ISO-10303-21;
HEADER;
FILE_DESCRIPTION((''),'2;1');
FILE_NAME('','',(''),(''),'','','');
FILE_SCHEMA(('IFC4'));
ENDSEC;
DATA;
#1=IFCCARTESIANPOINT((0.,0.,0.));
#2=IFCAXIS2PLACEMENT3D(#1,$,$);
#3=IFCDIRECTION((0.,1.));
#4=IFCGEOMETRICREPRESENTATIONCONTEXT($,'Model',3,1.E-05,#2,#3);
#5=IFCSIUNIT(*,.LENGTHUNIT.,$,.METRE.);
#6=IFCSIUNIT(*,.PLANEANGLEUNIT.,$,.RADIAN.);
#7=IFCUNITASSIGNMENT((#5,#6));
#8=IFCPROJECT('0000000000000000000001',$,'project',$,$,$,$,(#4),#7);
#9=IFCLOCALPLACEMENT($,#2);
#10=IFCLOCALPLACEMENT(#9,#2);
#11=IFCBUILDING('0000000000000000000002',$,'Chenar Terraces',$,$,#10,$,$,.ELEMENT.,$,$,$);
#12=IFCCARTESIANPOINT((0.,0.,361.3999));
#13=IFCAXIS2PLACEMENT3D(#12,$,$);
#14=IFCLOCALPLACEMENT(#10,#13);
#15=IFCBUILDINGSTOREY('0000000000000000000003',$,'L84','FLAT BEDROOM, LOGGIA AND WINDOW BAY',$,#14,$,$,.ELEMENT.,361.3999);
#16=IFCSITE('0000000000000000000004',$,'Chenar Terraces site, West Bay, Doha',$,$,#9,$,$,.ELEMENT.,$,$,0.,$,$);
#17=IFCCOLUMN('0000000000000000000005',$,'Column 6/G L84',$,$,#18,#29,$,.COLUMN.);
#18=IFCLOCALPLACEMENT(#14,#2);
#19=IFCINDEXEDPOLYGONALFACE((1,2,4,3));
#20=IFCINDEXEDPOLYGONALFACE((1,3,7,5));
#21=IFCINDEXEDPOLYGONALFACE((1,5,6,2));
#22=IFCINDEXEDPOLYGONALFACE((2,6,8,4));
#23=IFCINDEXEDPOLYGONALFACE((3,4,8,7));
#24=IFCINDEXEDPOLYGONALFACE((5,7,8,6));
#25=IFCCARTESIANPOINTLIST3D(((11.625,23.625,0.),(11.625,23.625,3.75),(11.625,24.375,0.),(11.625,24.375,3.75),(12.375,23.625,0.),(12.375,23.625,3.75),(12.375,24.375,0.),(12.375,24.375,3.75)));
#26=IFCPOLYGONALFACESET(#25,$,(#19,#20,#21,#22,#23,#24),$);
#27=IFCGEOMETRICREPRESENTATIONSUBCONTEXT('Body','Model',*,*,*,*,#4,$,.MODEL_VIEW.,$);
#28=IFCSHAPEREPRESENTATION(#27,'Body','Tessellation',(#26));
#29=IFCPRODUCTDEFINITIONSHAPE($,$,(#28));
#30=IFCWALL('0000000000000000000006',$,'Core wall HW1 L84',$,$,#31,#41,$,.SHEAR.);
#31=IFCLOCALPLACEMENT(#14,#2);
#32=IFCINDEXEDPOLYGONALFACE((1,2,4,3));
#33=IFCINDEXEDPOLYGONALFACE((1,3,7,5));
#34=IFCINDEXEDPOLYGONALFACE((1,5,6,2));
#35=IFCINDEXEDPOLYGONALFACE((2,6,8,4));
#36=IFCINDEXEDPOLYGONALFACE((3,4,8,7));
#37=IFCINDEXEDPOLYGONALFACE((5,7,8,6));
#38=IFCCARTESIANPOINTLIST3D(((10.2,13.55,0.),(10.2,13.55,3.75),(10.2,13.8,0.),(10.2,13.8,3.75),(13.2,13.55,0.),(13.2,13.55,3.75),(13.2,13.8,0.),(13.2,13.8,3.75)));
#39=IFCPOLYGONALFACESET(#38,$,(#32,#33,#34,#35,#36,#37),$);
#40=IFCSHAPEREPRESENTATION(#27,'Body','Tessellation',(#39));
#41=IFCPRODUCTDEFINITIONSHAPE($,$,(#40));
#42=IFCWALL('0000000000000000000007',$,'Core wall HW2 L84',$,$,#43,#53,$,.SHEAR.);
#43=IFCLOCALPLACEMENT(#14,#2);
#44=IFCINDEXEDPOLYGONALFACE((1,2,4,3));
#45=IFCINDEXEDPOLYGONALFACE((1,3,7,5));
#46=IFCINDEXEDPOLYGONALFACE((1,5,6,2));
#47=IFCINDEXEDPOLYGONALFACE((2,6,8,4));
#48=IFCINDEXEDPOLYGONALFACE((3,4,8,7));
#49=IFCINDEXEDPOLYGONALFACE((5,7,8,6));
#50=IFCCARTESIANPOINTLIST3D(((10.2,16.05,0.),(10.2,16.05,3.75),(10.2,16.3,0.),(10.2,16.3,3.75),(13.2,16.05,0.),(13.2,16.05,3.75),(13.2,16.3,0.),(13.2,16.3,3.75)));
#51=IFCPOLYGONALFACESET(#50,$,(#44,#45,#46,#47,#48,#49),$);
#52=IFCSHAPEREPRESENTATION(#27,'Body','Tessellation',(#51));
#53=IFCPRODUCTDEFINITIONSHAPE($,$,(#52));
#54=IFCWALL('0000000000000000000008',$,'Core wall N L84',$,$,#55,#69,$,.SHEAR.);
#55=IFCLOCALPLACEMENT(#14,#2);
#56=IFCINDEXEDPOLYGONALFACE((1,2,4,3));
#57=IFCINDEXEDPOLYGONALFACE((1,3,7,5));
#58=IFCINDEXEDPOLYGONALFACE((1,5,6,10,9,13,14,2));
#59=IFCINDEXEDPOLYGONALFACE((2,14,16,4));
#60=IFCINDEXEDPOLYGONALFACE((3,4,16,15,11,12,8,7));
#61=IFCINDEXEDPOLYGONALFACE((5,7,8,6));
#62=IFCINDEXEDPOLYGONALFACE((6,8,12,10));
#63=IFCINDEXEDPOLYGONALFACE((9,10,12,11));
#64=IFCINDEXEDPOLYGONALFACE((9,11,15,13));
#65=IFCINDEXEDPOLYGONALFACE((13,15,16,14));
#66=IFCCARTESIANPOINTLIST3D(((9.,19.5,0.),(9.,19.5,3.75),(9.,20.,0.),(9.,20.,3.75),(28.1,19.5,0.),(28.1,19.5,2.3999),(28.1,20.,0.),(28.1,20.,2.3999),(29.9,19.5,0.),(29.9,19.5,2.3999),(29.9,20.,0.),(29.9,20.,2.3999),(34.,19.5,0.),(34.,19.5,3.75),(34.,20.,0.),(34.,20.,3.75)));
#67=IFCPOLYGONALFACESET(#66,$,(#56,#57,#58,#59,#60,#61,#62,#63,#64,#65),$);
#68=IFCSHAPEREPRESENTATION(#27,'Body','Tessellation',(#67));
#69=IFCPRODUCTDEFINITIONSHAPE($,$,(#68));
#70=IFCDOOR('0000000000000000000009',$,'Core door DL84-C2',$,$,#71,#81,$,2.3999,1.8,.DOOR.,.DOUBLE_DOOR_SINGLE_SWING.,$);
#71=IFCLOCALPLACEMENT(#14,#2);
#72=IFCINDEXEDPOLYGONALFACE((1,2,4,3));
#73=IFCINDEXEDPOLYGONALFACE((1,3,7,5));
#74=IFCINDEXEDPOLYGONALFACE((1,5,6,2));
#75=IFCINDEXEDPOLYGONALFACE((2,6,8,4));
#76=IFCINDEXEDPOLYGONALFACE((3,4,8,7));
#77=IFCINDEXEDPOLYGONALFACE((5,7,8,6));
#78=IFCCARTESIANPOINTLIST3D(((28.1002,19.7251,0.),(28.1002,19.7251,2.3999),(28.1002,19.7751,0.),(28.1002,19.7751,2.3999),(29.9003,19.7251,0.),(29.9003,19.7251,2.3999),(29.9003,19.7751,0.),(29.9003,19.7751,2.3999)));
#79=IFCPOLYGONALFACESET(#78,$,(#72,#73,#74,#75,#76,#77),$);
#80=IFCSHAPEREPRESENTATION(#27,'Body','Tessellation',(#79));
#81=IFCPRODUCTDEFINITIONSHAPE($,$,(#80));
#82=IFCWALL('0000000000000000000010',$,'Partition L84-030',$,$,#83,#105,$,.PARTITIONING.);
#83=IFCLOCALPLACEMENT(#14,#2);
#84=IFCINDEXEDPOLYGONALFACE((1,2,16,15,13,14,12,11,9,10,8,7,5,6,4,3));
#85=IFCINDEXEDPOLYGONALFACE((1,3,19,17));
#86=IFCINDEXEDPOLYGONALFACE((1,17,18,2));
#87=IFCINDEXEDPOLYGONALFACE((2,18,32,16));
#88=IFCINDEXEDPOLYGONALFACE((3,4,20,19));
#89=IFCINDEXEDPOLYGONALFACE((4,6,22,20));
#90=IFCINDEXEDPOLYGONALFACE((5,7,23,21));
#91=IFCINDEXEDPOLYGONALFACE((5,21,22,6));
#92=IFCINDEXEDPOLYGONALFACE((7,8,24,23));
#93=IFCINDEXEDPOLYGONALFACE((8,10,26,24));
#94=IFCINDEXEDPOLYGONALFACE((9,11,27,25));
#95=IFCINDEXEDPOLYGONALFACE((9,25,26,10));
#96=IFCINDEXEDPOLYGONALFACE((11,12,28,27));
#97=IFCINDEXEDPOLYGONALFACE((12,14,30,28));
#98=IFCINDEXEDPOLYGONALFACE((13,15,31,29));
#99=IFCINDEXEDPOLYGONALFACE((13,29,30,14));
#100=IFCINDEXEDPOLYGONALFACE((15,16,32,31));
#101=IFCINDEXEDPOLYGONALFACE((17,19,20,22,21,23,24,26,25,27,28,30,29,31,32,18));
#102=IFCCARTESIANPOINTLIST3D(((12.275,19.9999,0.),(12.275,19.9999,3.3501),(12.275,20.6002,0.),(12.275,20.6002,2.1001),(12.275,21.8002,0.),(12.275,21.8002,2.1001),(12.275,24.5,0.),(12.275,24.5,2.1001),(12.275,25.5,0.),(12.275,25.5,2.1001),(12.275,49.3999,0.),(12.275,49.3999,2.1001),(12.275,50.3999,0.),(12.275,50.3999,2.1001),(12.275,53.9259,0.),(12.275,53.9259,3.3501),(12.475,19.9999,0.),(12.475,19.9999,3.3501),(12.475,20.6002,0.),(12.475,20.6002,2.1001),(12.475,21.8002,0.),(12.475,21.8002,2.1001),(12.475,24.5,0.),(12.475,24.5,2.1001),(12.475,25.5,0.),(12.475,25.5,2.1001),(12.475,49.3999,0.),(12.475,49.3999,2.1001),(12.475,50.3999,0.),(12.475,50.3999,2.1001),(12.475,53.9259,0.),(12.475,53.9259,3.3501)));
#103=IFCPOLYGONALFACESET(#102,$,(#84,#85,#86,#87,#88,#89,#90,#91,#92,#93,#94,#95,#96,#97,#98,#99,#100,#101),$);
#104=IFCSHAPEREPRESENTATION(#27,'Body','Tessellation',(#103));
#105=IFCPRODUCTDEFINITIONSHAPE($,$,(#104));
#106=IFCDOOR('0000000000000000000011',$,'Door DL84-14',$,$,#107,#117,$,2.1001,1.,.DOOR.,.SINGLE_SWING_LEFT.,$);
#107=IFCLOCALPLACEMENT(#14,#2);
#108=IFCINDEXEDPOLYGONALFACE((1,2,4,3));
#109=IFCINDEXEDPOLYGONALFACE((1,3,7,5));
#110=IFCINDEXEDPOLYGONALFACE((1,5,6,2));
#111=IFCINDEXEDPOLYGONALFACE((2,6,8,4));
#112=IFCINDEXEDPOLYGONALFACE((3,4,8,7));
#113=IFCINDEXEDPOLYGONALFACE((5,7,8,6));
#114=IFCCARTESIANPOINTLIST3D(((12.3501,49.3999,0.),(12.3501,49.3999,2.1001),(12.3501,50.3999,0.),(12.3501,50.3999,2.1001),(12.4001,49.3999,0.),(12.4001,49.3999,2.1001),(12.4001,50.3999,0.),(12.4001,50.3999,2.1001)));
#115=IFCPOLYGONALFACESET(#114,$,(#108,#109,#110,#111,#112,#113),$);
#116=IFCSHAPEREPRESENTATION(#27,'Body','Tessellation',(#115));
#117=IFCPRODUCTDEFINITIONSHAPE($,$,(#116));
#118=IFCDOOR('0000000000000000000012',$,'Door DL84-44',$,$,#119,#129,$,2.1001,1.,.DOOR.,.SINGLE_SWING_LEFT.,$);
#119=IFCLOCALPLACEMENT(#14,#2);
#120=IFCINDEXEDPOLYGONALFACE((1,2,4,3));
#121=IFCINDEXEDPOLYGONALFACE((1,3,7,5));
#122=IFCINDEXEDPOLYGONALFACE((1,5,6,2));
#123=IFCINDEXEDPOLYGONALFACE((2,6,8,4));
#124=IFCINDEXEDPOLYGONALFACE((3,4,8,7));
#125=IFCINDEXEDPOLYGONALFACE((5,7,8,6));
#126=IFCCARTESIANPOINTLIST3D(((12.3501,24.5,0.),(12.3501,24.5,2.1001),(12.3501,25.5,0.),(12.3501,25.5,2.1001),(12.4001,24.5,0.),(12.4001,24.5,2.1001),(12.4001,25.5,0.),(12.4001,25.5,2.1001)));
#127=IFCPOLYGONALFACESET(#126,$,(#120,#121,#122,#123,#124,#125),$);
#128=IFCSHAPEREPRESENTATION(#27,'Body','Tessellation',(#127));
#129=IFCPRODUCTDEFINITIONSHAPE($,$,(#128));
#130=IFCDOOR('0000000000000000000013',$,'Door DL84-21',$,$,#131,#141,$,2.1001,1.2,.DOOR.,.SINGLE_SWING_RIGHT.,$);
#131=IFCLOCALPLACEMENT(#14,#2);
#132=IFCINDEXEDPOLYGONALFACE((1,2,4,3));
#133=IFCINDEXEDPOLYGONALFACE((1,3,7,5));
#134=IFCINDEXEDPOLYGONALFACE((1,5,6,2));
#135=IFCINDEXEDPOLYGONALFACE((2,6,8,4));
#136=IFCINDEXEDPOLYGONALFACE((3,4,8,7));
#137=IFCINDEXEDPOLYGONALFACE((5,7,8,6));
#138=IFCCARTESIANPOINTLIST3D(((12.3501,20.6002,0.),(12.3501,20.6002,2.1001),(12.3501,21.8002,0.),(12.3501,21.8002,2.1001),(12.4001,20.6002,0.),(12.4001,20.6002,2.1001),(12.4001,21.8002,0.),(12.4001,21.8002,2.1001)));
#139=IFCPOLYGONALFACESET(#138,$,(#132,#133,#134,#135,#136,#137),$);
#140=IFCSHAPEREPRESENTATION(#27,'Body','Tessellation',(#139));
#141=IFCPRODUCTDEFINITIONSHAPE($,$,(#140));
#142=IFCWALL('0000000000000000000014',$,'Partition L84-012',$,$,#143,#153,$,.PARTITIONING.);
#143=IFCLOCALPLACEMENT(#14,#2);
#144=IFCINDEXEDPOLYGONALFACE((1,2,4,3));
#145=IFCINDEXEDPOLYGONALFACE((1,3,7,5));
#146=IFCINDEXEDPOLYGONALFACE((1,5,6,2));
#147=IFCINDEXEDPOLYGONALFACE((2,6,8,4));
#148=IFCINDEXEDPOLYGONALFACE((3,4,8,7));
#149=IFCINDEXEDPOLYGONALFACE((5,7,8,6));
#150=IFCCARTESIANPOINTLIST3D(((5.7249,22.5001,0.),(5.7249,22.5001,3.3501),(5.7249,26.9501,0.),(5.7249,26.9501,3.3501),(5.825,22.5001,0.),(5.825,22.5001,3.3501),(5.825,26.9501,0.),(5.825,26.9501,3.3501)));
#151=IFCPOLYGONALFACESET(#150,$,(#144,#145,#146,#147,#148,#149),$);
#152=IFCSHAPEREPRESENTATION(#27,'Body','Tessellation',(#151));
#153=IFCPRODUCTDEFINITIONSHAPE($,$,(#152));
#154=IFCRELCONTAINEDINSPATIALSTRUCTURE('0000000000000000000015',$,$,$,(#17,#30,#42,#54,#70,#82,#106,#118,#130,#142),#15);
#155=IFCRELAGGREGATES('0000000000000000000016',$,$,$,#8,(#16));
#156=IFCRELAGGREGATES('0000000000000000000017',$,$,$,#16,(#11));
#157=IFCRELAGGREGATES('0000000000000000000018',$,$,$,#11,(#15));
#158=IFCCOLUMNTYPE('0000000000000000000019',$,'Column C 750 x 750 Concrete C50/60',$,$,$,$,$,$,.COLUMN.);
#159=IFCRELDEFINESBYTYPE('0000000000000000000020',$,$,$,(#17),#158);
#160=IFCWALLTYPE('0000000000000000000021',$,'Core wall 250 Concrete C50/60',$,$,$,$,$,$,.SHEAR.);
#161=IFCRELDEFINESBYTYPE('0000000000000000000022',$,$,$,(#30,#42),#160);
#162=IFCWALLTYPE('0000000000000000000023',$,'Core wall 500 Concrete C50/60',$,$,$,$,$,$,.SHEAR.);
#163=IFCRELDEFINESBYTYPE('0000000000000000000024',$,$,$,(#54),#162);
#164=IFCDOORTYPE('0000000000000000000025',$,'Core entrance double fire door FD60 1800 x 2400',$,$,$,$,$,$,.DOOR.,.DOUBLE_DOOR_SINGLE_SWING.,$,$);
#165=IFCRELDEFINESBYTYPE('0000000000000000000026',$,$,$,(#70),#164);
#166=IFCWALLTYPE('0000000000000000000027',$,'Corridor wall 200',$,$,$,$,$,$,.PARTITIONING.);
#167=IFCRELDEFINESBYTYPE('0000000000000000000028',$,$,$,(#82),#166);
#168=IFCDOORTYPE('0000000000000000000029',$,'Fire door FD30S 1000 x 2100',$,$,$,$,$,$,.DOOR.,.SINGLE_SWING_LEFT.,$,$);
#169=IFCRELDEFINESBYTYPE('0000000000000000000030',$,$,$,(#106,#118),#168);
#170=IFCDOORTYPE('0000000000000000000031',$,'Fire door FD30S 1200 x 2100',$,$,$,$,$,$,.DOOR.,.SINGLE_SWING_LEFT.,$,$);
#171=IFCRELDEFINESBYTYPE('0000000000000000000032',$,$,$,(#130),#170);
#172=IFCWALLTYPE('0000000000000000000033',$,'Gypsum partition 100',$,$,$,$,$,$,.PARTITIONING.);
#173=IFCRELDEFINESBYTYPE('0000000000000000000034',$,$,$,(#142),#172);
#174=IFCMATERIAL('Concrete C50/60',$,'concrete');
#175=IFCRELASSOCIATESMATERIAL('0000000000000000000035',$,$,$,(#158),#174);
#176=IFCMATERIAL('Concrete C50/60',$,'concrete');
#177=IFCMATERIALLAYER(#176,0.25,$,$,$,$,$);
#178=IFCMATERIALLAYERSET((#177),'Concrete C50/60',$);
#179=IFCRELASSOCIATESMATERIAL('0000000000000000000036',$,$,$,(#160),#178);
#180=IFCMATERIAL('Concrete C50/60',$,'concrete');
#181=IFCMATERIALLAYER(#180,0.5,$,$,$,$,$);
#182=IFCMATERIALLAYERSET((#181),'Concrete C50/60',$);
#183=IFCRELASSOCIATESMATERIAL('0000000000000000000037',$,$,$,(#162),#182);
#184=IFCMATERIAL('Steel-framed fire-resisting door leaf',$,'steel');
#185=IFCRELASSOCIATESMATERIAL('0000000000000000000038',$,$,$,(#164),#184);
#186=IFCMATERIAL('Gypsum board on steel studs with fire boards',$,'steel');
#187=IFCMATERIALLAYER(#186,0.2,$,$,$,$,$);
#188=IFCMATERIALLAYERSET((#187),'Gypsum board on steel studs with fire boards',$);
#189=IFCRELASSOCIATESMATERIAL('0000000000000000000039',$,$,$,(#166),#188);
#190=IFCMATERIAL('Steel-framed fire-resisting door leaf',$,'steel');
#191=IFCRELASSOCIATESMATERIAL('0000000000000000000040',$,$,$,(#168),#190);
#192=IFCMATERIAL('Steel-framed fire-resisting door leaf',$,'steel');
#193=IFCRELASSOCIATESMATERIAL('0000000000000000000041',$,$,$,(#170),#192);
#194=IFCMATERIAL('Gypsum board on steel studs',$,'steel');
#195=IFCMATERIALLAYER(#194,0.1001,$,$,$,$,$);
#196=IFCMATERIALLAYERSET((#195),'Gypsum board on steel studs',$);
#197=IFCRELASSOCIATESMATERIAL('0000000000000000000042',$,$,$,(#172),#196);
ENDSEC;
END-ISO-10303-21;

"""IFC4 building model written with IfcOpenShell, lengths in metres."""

from ifc_helpers import new_model, si_unit, direction, frame, frame_2d, origin, origin_2d, place, context, subcontext, project, spatial, rectangle, extrude, material, layer, layer_set, material_profile, profile_set, type_object, element, fill, save


model = new_model("IFC4")

# Units and contexts
model_context = context("Model", 3, precision=1e-05, world=origin(), true_north=direction((0.0, 1.0)))
body_context = subcontext(model_context, "Body", "Model", "MODEL_VIEW")
ifc_project = project(units=[si_unit("LENGTHUNIT", "METRE"), si_unit("PLANEANGLEUNIT", "RADIAN")], contexts=[model_context])

# Site, building, storey
site_placement = place(None, origin())
site = spatial("IfcSite", under=ifc_project, at=site_placement, Name="Chenar Terraces site, West Bay, Doha", CompositionType="ELEMENT", RefElevation=0.0)
building_placement = place(site_placement, origin())
building = spatial("IfcBuilding", under=site, at=building_placement, Name="Chenar Terraces", CompositionType="ELEMENT")
storey_placement = place(building_placement, frame((0.0, 0.0, 361.3999)))
storey = spatial("IfcBuildingStorey", under=building, at=storey_placement, Name="L84", Description="FLAT BEDROOM, LOGGIA AND WINDOW BAY", CompositionType="ELEMENT", Elevation=361.3999)

# Column
ifc_material_1 = material(Name="Concrete C50/60", Category="concrete")
ifc_material_profile = material_profile(ifc_material_1, rectangle(XDim=0.75, YDim=0.75, at=origin_2d()), Name="C 750 x 750")
ifc_profile_set = profile_set([ifc_material_profile], Name="Concrete C50/60")
column_type = type_object("IfcColumnType", Name="Column C 750 x 750 Concrete C50/60", PredefinedType="COLUMN", material=ifc_profile_set)
column_placement = place(storey_placement, frame((12.0, 24.0, 0.0), z_axis=(0.0, 0.0, 1.0), x_axis=(1.0, 0.0, 0.0)))
element("IfcColumn", 1, at=column_placement, inside=storey, type_object=column_type, Name="Column 6/G L84", PredefinedType="COLUMN", context=body_context, shape_type="SweptSolid", body=[
    extrude(rectangle(XDim=0.75, YDim=0.75, at=origin_2d()), origin(), (0.0, 0.0, 1.0), 3.75),
])

# Walls
ifc_material_2 = material(Name="Concrete C50/60", Category="concrete")
ifc_layer_1 = layer(ifc_material_2, 0.25)
ifc_layer_set_1 = layer_set([ifc_layer_1], Name="Concrete C50/60")
wall_type_1 = type_object("IfcWallType", Name="Core wall 250 Concrete C50/60", PredefinedType="SHEAR", material=ifc_layer_set_1)
for number, where, z_axis, x_axis, name in (
    (2, (10.2, 13.675, 0.0), (0.0, 0.0, 1.0), (1.0, 0.0, 0.0), "Core wall HW1 L84"),
    (3, (10.2, 16.175, 0.0), (0.0, 0.0, 1.0), (1.0, 0.0, 0.0), "Core wall HW2 L84"),
):
    element("IfcWall", number, at=place(storey_placement, frame(where, z_axis=z_axis, x_axis=x_axis)), inside=storey, type_object=wall_type_1, Name=name, PredefinedType="SHEAR", context=body_context, shape_type="SweptSolid", body=[
        extrude(rectangle(XDim=3.0, YDim=0.25, at=frame_2d((1.5, 0.0))), origin(), (0.0, 0.0, 1.0), 3.75),
    ])

# Wall, opening, door
ifc_material_3 = material(Name="Concrete C50/60", Category="concrete")
ifc_layer_2 = layer(ifc_material_3, 0.5)
ifc_layer_set_2 = layer_set([ifc_layer_2], Name="Concrete C50/60")
wall_type_2 = type_object("IfcWallType", Name="Core wall 500 Concrete C50/60", PredefinedType="SHEAR", material=ifc_layer_set_2)
wall_1_placement = place(storey_placement, frame((9.0, 19.75, 0.0), z_axis=(0.0, 0.0, 1.0), x_axis=(1.0, 0.0, 0.0)))
wall_1 = element("IfcWall", 4, at=wall_1_placement, inside=storey, type_object=wall_type_2, Name="Core wall N L84", PredefinedType="SHEAR", context=body_context, shape_type="SweptSolid", body=[
    extrude(rectangle(XDim=25.0, YDim=0.5, at=frame_2d((12.5, 0.0))), origin(), (0.0, 0.0, 1.0), 3.75),
])
opening_1_placement = place(wall_1_placement, frame((19.1001, 0.0, 0.0)))
opening_1 = element("IfcOpeningElement", 5, at=opening_1_placement, cuts=wall_1, PredefinedType="OPENING", context=body_context, shape_type="SweptSolid", body=[
    extrude(rectangle(XDim=1.8, YDim=2.3999, at=frame_2d((0.8999, 1.2))), frame((0.0, 0.26, 0.0), z_axis=(0.0, -1.0, 0.0), x_axis=(1.0, 0.0, 0.0)), (0.0, 0.0, 1.0), 0.52),
])
ifc_material_4 = material(Name="Steel-framed fire-resisting door leaf", Category="steel")
door_type_1 = type_object("IfcDoorType", Name="Core entrance double fire door FD60 1800 x 2400", OperationType="DOUBLE_DOOR_SINGLE_SWING", PredefinedType="DOOR", material=ifc_material_4)
door_1_placement = place(opening_1_placement, frame((1.8, 0.0, 0.0), z_axis=(0.0, 0.0, 1.0), x_axis=(-1.0, 0.0, 0.0)))
door_1 = element("IfcDoor", 6, at=door_1_placement, inside=storey, type_object=door_type_1, Name="Core door DL84-C2", OperationType="DOUBLE_DOOR_SINGLE_SWING", OverallHeight=2.3999, OverallWidth=1.8, PredefinedType="DOOR", context=body_context, shape_type="SweptSolid", body=[
    extrude(rectangle(XDim=1.8, YDim=2.3999, at=frame_2d((0.8999, 1.2))), frame((0.0, 0.0249, 0.0), z_axis=(0.0, -1.0, 0.0), x_axis=(1.0, 0.0, 0.0)), (0.0, 0.0, 1.0), 0.05),
])
fill(opening_1, door_1)

# Wall, openings, doors
ifc_material_5 = material(Name="Gypsum board on steel studs with fire boards", Category="steel")
ifc_layer_3 = layer(ifc_material_5, 0.2)
ifc_layer_set_3 = layer_set([ifc_layer_3], Name="Gypsum board on steel studs with fire boards")
wall_type_3 = type_object("IfcWallType", Name="Corridor wall 200", PredefinedType="PARTITIONING", material=ifc_layer_set_3)
wall_2_placement = place(storey_placement, frame((12.375, 20.0, 0.0), z_axis=(0.0, 0.0, 1.0), x_axis=(0.0, 1.0, 0.0)))
wall_2 = element("IfcWall", 7, at=wall_2_placement, inside=storey, type_object=wall_type_3, Name="Partition L84-030", PredefinedType="PARTITIONING", context=body_context, shape_type="SweptSolid", body=[
    extrude(rectangle(XDim=33.926, YDim=0.2, at=frame_2d((16.9629, 0.0))), origin(), (0.0, 0.0, 1.0), 3.3501),
])
opening_2_placement = place(wall_2_placement, frame((29.3999, 0.0, 0.0)))
opening_2 = element("IfcOpeningElement", 8, at=opening_2_placement, cuts=wall_2, PredefinedType="OPENING", context=body_context, shape_type="SweptSolid", body=[
    extrude(rectangle(XDim=1.0, YDim=2.1001, at=frame_2d((0.5, 1.05))), frame((0.0, 0.1099, 0.0), z_axis=(0.0, -1.0, 0.0), x_axis=(1.0, 0.0, 0.0)), (0.0, 0.0, 1.0), 0.22),
])
opening_3_placement = place(wall_2_placement, frame((0.6001, 0.0, 0.0)))
opening_3 = element("IfcOpeningElement", 9, at=opening_3_placement, cuts=wall_2, PredefinedType="OPENING", context=body_context, shape_type="SweptSolid", body=[
    extrude(rectangle(XDim=1.2, YDim=2.1001, at=frame_2d((0.6001, 1.05))), frame((0.0, 0.1099, 0.0), z_axis=(0.0, -1.0, 0.0), x_axis=(1.0, 0.0, 0.0)), (0.0, 0.0, 1.0), 0.22),
])
opening_4_placement = place(wall_2_placement, frame((4.5, 0.0, 0.0)))
opening_4 = element("IfcOpeningElement", 10, at=opening_4_placement, cuts=wall_2, PredefinedType="OPENING", context=body_context, shape_type="SweptSolid", body=[
    extrude(rectangle(XDim=1.0, YDim=2.1001, at=frame_2d((0.5, 1.05))), frame((0.0, 0.1099, 0.0), z_axis=(0.0, -1.0, 0.0), x_axis=(1.0, 0.0, 0.0)), (0.0, 0.0, 1.0), 0.22),
])
ifc_material_6 = material(Name="Steel-framed fire-resisting door leaf", Category="steel")
door_type_2 = type_object("IfcDoorType", Name="Fire door FD30S 1000 x 2100", OperationType="SINGLE_SWING_LEFT", PredefinedType="DOOR", material=ifc_material_6)
door_2_placement = place(opening_2_placement, origin())
door_2 = element("IfcDoor", 11, at=door_2_placement, inside=storey, type_object=door_type_2, Name="Door DL84-14", OperationType="SINGLE_SWING_LEFT", OverallHeight=2.1001, OverallWidth=1.0, PredefinedType="DOOR", context=body_context, shape_type="SweptSolid", body=[
    extrude(rectangle(XDim=1.0, YDim=2.1001, at=frame_2d((0.5, 1.05))), frame((0.0, 0.0249, 0.0), z_axis=(0.0, -1.0, 0.0), x_axis=(1.0, 0.0, 0.0)), (0.0, 0.0, 1.0), 0.05),
])
fill(opening_2, door_2)
door_3_placement = place(opening_4_placement, origin())
door_3 = element("IfcDoor", 12, at=door_3_placement, inside=storey, type_object=door_type_2, Name="Door DL84-44", OperationType="SINGLE_SWING_LEFT", OverallHeight=2.1001, OverallWidth=1.0, PredefinedType="DOOR", context=body_context, shape_type="SweptSolid", body=[
    extrude(rectangle(XDim=1.0, YDim=2.1001, at=frame_2d((0.5, 1.05))), frame((0.0, 0.0249, 0.0), z_axis=(0.0, -1.0, 0.0), x_axis=(1.0, 0.0, 0.0)), (0.0, 0.0, 1.0), 0.05),
])
fill(opening_4, door_3)
ifc_material_7 = material(Name="Steel-framed fire-resisting door leaf", Category="steel")
door_type_3 = type_object("IfcDoorType", Name="Fire door FD30S 1200 x 2100", OperationType="SINGLE_SWING_LEFT", PredefinedType="DOOR", material=ifc_material_7)
door_4_placement = place(opening_3_placement, origin())
door_4 = element("IfcDoor", 13, at=door_4_placement, inside=storey, type_object=door_type_3, Name="Door DL84-21", OperationType="SINGLE_SWING_RIGHT", OverallHeight=2.1001, OverallWidth=1.2, PredefinedType="DOOR", context=body_context, shape_type="SweptSolid", body=[
    extrude(rectangle(XDim=1.2, YDim=2.1001, at=frame_2d((0.6001, 1.05))), frame((0.0, 0.0249, 0.0), z_axis=(0.0, -1.0, 0.0), x_axis=(1.0, 0.0, 0.0)), (0.0, 0.0, 1.0), 0.05),
])
fill(opening_3, door_4)

# Wall
ifc_material_8 = material(Name="Gypsum board on steel studs", Category="steel")
ifc_layer_4 = layer(ifc_material_8, 0.1001)
ifc_layer_set_4 = layer_set([ifc_layer_4], Name="Gypsum board on steel studs")
wall_type_4 = type_object("IfcWallType", Name="Gypsum partition 100", PredefinedType="PARTITIONING", material=ifc_layer_set_4)
wall_3_placement = place(storey_placement, frame((5.7749, 22.5, 0.0), z_axis=(0.0, 0.0, 1.0), x_axis=(0.0, 1.0, 0.0)))
element("IfcWall", 14, at=wall_3_placement, inside=storey, type_object=wall_type_4, Name="Partition L84-012", PredefinedType="PARTITIONING", context=body_context, shape_type="SweptSolid", body=[
    extrude(rectangle(XDim=4.45, YDim=0.1001, at=frame_2d((2.2251, 0.0))), origin(), (0.0, 0.0, 1.0), 3.3501),
])

save(model, "model.ifc")
